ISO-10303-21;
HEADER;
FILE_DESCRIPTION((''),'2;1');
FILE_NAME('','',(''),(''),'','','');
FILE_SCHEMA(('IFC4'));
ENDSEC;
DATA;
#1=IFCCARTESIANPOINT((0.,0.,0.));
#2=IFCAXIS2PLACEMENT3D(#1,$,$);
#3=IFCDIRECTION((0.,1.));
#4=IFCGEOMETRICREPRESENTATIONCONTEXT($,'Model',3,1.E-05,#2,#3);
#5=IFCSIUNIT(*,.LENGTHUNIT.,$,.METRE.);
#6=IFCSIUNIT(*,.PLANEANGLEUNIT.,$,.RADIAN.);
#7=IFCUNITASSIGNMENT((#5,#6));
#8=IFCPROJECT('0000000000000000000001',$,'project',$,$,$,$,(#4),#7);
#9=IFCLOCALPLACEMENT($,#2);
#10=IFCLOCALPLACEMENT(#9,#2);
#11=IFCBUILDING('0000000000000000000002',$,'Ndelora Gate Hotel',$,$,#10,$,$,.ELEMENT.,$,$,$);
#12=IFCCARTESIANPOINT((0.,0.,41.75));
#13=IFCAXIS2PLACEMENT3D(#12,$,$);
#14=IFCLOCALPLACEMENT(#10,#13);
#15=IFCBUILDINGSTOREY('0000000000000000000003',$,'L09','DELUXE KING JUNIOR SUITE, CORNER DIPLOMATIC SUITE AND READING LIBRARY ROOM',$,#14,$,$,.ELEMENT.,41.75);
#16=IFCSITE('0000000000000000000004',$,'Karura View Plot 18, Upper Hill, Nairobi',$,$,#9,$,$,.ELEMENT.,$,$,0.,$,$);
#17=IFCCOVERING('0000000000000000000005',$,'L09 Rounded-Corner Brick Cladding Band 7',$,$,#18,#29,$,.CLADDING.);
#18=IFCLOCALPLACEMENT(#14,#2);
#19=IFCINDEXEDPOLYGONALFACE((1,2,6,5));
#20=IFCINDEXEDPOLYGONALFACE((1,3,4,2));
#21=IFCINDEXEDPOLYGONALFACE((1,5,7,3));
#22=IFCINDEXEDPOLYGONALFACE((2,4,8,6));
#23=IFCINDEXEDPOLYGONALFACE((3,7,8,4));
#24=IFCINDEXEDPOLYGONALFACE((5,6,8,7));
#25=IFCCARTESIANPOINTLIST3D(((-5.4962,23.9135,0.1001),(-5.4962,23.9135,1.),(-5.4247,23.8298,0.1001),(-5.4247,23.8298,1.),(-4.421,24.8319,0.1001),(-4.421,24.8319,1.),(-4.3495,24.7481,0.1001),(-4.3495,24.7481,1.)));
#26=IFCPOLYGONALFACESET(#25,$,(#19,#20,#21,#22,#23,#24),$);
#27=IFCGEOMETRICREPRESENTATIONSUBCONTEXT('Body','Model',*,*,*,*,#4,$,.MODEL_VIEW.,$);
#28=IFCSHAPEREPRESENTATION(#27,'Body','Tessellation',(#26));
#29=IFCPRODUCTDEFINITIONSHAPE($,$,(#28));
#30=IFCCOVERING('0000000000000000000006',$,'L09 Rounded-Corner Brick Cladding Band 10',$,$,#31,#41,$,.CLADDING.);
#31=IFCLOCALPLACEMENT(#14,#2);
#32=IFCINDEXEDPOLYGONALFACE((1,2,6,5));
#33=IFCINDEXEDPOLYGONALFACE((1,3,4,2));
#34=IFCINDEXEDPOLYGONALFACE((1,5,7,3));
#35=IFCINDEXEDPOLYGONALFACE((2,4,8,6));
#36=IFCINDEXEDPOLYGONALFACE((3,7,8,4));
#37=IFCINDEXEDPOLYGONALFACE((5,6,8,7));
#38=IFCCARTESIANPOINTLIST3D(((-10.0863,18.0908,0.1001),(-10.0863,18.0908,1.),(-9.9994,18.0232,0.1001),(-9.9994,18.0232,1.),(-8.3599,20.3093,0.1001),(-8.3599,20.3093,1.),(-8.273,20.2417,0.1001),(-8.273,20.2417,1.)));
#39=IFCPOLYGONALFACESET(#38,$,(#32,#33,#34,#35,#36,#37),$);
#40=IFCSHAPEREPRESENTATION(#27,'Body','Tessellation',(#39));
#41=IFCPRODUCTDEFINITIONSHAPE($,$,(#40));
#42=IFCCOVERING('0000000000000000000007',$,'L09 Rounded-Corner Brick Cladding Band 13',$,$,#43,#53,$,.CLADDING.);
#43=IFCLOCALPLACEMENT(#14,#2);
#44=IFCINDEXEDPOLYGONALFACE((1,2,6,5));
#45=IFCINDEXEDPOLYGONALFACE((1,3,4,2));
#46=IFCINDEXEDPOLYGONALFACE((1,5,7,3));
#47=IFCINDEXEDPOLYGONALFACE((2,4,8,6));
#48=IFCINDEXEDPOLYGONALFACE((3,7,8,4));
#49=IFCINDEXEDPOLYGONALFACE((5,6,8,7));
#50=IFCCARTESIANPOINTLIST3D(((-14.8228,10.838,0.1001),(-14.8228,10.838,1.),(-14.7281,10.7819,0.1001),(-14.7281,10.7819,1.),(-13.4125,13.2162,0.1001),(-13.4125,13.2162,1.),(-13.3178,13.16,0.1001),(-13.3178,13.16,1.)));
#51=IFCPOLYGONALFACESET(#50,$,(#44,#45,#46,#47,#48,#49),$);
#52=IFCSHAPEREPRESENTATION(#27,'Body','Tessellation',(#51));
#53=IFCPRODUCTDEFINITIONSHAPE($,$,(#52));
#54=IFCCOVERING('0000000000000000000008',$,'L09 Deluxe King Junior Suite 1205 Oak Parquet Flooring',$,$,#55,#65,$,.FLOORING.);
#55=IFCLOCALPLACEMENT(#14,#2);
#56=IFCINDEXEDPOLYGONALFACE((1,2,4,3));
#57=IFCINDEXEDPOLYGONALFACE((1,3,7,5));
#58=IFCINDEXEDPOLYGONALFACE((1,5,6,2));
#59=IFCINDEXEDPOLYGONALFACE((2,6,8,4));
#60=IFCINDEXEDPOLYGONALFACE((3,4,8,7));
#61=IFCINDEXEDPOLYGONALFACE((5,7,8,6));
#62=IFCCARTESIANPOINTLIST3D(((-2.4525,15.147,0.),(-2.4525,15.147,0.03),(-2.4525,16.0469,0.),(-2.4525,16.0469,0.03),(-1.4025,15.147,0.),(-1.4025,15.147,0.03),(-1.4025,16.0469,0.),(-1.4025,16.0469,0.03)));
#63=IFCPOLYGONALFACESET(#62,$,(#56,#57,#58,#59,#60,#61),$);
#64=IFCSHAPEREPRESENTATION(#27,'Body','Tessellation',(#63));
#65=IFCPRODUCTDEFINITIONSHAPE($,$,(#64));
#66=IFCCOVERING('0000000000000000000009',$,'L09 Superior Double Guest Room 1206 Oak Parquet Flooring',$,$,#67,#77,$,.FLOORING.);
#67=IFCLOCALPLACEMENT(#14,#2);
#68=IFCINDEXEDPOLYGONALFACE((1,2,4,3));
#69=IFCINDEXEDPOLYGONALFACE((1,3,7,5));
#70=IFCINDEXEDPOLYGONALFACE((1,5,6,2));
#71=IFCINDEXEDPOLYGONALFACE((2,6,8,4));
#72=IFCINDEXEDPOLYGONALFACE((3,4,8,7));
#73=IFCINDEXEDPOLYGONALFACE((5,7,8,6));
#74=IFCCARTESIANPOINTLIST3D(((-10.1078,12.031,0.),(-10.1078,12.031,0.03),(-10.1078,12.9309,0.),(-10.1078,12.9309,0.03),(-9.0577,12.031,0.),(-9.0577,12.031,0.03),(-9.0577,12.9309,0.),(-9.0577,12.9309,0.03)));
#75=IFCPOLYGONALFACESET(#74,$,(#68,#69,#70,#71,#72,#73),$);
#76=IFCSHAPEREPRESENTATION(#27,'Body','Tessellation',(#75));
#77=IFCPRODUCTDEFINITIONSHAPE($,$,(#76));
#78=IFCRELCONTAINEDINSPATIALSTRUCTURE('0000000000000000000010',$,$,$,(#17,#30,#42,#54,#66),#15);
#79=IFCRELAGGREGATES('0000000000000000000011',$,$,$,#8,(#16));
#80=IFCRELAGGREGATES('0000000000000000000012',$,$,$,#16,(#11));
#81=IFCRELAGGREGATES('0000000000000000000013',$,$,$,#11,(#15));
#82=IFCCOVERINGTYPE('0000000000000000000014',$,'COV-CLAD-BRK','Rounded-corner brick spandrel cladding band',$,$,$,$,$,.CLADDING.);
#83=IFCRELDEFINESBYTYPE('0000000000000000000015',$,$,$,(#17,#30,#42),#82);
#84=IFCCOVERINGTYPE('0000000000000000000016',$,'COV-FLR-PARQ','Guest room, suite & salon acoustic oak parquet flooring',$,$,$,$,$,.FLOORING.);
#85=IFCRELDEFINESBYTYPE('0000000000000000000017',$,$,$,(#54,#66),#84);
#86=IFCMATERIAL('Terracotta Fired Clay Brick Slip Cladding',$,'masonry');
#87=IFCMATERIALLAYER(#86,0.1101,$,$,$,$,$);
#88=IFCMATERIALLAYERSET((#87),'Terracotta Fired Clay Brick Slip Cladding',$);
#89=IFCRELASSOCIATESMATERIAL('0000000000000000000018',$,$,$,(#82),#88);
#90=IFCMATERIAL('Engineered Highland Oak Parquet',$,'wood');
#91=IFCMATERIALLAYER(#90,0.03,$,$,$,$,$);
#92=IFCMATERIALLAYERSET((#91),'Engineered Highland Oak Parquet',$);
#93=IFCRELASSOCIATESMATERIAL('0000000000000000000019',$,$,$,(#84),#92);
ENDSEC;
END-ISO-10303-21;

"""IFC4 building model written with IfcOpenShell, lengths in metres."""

from ifc_helpers import new_model, si_unit, direction, frame, origin, origin_2d, place, context, subcontext, project, spatial, rectangle, extrude, material, layer, layer_set, type_object, element, save


model = new_model("IFC4")

# Units and contexts
model_context = context("Model", 3, precision=1e-05, world=origin(), true_north=direction((0.0, 1.0)))
body_context = subcontext(model_context, "Body", "Model", "MODEL_VIEW")
ifc_project = project(units=[si_unit("LENGTHUNIT", "METRE"), si_unit("PLANEANGLEUNIT", "RADIAN")], contexts=[model_context])

# Site, building, storey
site_placement = place(None, origin())
site = spatial("IfcSite", under=ifc_project, at=site_placement, Name="Karura View Plot 18, Upper Hill, Nairobi", CompositionType="ELEMENT", RefElevation=0.0)
building_placement = place(site_placement, origin())
building = spatial("IfcBuilding", under=site, at=building_placement, Name="Ndelora Gate Hotel", CompositionType="ELEMENT")
storey_placement = place(building_placement, frame((0.0, 0.0, 41.75)))
storey = spatial("IfcBuildingStorey", under=building, at=storey_placement, Name="L09", Description="DELUXE KING JUNIOR SUITE, CORNER DIPLOMATIC SUITE AND READING LIBRARY ROOM", CompositionType="ELEMENT", Elevation=41.75)

# Coverings
ifc_material_1 = material(Name="Terracotta Fired Clay Brick Slip Cladding", Category="masonry")
ifc_layer_1 = layer(ifc_material_1, 0.1101)
ifc_layer_set_1 = layer_set([ifc_layer_1], Name="Terracotta Fired Clay Brick Slip Cladding")
covering_type_1 = type_object("IfcCoveringType", Name="COV-CLAD-BRK", Description="Rounded-corner brick spandrel cladding band", PredefinedType="CLADDING", material=ifc_layer_set_1)
for number, where, z_axis, x_axis, name in (
    (1, (-4.9229, 24.3308, 0.1001), (0.0, 0.0, 1.0), (0.760406, 0.649448, 0.0), "L09 Rounded-Corner Brick Cladding Band 7"),
):
    element("IfcCovering", number, at=place(storey_placement, frame(where, z_axis=z_axis, x_axis=x_axis)), inside=storey, type_object=covering_type_1, Name=name, PredefinedType="CLADDING", context=body_context, shape_type="SweptSolid", body=[
        extrude(rectangle(XDim=1.4141, YDim=0.1101, at=origin_2d()), origin(), (0.0, 0.0, 1.0), 0.8999),
    ])
covering_1_placement = place(storey_placement, frame((-9.1797, 19.1663, 0.1001), z_axis=(0.0, 0.0, 1.0), x_axis=(0.614147, 0.789191, 0.0)))
element("IfcCovering", 2, at=covering_1_placement, inside=storey, type_object=covering_type_1, Name="L09 Rounded-Corner Brick Cladding Band 10", PredefinedType="CLADDING", context=body_context, shape_type="SweptSolid", body=[
    extrude(rectangle(XDim=2.811, YDim=0.1101, at=origin_2d()), origin(), (0.0, 0.0, 1.0), 0.8999),
])
covering_2_placement = place(storey_placement, frame((-14.0703, 11.999, 0.1001), z_axis=(0.0, 0.0, 1.0), x_axis=(0.510093, 0.860119, 0.0)))
element("IfcCovering", 3, at=covering_2_placement, inside=storey, type_object=covering_type_1, Name="L09 Rounded-Corner Brick Cladding Band 13", PredefinedType="CLADDING", context=body_context, shape_type="SweptSolid", body=[
    extrude(rectangle(XDim=2.7649, YDim=0.1101, at=origin_2d()), origin(), (0.0, 0.0, 1.0), 0.8999),
])
ifc_material_2 = material(Name="Engineered Highland Oak Parquet", Category="wood")
ifc_layer_2 = layer(ifc_material_2, 0.03)
ifc_layer_set_2 = layer_set([ifc_layer_2], Name="Engineered Highland Oak Parquet")
covering_type_2 = type_object("IfcCoveringType", Name="COV-FLR-PARQ", Description="Guest room, suite & salon acoustic oak parquet flooring", PredefinedType="FLOORING", material=ifc_layer_set_2)
for number, where, z_axis, x_axis, name in (
    (4, (-1.9275, 15.5969, 0.0), (0.0, 0.0, 1.0), (1.0, 0.0, 0.0), "L09 Deluxe King Junior Suite 1205 Oak Parquet Flooring"),
    (5, (-9.5828, 12.481, 0.0), (0.0, 0.0, 1.0), (1.0, 0.0, 0.0), "L09 Superior Double Guest Room 1206 Oak Parquet Flooring"),
):
    element("IfcCovering", number, at=place(storey_placement, frame(where, z_axis=z_axis, x_axis=x_axis)), inside=storey, type_object=covering_type_2, Name=name, PredefinedType="FLOORING", context=body_context, shape_type="SweptSolid", body=[
        extrude(rectangle(XDim=1.05, YDim=0.8999, at=origin_2d()), origin(), (0.0, 0.0, 1.0), 0.03),
    ])

save(model, "model.ifc")
